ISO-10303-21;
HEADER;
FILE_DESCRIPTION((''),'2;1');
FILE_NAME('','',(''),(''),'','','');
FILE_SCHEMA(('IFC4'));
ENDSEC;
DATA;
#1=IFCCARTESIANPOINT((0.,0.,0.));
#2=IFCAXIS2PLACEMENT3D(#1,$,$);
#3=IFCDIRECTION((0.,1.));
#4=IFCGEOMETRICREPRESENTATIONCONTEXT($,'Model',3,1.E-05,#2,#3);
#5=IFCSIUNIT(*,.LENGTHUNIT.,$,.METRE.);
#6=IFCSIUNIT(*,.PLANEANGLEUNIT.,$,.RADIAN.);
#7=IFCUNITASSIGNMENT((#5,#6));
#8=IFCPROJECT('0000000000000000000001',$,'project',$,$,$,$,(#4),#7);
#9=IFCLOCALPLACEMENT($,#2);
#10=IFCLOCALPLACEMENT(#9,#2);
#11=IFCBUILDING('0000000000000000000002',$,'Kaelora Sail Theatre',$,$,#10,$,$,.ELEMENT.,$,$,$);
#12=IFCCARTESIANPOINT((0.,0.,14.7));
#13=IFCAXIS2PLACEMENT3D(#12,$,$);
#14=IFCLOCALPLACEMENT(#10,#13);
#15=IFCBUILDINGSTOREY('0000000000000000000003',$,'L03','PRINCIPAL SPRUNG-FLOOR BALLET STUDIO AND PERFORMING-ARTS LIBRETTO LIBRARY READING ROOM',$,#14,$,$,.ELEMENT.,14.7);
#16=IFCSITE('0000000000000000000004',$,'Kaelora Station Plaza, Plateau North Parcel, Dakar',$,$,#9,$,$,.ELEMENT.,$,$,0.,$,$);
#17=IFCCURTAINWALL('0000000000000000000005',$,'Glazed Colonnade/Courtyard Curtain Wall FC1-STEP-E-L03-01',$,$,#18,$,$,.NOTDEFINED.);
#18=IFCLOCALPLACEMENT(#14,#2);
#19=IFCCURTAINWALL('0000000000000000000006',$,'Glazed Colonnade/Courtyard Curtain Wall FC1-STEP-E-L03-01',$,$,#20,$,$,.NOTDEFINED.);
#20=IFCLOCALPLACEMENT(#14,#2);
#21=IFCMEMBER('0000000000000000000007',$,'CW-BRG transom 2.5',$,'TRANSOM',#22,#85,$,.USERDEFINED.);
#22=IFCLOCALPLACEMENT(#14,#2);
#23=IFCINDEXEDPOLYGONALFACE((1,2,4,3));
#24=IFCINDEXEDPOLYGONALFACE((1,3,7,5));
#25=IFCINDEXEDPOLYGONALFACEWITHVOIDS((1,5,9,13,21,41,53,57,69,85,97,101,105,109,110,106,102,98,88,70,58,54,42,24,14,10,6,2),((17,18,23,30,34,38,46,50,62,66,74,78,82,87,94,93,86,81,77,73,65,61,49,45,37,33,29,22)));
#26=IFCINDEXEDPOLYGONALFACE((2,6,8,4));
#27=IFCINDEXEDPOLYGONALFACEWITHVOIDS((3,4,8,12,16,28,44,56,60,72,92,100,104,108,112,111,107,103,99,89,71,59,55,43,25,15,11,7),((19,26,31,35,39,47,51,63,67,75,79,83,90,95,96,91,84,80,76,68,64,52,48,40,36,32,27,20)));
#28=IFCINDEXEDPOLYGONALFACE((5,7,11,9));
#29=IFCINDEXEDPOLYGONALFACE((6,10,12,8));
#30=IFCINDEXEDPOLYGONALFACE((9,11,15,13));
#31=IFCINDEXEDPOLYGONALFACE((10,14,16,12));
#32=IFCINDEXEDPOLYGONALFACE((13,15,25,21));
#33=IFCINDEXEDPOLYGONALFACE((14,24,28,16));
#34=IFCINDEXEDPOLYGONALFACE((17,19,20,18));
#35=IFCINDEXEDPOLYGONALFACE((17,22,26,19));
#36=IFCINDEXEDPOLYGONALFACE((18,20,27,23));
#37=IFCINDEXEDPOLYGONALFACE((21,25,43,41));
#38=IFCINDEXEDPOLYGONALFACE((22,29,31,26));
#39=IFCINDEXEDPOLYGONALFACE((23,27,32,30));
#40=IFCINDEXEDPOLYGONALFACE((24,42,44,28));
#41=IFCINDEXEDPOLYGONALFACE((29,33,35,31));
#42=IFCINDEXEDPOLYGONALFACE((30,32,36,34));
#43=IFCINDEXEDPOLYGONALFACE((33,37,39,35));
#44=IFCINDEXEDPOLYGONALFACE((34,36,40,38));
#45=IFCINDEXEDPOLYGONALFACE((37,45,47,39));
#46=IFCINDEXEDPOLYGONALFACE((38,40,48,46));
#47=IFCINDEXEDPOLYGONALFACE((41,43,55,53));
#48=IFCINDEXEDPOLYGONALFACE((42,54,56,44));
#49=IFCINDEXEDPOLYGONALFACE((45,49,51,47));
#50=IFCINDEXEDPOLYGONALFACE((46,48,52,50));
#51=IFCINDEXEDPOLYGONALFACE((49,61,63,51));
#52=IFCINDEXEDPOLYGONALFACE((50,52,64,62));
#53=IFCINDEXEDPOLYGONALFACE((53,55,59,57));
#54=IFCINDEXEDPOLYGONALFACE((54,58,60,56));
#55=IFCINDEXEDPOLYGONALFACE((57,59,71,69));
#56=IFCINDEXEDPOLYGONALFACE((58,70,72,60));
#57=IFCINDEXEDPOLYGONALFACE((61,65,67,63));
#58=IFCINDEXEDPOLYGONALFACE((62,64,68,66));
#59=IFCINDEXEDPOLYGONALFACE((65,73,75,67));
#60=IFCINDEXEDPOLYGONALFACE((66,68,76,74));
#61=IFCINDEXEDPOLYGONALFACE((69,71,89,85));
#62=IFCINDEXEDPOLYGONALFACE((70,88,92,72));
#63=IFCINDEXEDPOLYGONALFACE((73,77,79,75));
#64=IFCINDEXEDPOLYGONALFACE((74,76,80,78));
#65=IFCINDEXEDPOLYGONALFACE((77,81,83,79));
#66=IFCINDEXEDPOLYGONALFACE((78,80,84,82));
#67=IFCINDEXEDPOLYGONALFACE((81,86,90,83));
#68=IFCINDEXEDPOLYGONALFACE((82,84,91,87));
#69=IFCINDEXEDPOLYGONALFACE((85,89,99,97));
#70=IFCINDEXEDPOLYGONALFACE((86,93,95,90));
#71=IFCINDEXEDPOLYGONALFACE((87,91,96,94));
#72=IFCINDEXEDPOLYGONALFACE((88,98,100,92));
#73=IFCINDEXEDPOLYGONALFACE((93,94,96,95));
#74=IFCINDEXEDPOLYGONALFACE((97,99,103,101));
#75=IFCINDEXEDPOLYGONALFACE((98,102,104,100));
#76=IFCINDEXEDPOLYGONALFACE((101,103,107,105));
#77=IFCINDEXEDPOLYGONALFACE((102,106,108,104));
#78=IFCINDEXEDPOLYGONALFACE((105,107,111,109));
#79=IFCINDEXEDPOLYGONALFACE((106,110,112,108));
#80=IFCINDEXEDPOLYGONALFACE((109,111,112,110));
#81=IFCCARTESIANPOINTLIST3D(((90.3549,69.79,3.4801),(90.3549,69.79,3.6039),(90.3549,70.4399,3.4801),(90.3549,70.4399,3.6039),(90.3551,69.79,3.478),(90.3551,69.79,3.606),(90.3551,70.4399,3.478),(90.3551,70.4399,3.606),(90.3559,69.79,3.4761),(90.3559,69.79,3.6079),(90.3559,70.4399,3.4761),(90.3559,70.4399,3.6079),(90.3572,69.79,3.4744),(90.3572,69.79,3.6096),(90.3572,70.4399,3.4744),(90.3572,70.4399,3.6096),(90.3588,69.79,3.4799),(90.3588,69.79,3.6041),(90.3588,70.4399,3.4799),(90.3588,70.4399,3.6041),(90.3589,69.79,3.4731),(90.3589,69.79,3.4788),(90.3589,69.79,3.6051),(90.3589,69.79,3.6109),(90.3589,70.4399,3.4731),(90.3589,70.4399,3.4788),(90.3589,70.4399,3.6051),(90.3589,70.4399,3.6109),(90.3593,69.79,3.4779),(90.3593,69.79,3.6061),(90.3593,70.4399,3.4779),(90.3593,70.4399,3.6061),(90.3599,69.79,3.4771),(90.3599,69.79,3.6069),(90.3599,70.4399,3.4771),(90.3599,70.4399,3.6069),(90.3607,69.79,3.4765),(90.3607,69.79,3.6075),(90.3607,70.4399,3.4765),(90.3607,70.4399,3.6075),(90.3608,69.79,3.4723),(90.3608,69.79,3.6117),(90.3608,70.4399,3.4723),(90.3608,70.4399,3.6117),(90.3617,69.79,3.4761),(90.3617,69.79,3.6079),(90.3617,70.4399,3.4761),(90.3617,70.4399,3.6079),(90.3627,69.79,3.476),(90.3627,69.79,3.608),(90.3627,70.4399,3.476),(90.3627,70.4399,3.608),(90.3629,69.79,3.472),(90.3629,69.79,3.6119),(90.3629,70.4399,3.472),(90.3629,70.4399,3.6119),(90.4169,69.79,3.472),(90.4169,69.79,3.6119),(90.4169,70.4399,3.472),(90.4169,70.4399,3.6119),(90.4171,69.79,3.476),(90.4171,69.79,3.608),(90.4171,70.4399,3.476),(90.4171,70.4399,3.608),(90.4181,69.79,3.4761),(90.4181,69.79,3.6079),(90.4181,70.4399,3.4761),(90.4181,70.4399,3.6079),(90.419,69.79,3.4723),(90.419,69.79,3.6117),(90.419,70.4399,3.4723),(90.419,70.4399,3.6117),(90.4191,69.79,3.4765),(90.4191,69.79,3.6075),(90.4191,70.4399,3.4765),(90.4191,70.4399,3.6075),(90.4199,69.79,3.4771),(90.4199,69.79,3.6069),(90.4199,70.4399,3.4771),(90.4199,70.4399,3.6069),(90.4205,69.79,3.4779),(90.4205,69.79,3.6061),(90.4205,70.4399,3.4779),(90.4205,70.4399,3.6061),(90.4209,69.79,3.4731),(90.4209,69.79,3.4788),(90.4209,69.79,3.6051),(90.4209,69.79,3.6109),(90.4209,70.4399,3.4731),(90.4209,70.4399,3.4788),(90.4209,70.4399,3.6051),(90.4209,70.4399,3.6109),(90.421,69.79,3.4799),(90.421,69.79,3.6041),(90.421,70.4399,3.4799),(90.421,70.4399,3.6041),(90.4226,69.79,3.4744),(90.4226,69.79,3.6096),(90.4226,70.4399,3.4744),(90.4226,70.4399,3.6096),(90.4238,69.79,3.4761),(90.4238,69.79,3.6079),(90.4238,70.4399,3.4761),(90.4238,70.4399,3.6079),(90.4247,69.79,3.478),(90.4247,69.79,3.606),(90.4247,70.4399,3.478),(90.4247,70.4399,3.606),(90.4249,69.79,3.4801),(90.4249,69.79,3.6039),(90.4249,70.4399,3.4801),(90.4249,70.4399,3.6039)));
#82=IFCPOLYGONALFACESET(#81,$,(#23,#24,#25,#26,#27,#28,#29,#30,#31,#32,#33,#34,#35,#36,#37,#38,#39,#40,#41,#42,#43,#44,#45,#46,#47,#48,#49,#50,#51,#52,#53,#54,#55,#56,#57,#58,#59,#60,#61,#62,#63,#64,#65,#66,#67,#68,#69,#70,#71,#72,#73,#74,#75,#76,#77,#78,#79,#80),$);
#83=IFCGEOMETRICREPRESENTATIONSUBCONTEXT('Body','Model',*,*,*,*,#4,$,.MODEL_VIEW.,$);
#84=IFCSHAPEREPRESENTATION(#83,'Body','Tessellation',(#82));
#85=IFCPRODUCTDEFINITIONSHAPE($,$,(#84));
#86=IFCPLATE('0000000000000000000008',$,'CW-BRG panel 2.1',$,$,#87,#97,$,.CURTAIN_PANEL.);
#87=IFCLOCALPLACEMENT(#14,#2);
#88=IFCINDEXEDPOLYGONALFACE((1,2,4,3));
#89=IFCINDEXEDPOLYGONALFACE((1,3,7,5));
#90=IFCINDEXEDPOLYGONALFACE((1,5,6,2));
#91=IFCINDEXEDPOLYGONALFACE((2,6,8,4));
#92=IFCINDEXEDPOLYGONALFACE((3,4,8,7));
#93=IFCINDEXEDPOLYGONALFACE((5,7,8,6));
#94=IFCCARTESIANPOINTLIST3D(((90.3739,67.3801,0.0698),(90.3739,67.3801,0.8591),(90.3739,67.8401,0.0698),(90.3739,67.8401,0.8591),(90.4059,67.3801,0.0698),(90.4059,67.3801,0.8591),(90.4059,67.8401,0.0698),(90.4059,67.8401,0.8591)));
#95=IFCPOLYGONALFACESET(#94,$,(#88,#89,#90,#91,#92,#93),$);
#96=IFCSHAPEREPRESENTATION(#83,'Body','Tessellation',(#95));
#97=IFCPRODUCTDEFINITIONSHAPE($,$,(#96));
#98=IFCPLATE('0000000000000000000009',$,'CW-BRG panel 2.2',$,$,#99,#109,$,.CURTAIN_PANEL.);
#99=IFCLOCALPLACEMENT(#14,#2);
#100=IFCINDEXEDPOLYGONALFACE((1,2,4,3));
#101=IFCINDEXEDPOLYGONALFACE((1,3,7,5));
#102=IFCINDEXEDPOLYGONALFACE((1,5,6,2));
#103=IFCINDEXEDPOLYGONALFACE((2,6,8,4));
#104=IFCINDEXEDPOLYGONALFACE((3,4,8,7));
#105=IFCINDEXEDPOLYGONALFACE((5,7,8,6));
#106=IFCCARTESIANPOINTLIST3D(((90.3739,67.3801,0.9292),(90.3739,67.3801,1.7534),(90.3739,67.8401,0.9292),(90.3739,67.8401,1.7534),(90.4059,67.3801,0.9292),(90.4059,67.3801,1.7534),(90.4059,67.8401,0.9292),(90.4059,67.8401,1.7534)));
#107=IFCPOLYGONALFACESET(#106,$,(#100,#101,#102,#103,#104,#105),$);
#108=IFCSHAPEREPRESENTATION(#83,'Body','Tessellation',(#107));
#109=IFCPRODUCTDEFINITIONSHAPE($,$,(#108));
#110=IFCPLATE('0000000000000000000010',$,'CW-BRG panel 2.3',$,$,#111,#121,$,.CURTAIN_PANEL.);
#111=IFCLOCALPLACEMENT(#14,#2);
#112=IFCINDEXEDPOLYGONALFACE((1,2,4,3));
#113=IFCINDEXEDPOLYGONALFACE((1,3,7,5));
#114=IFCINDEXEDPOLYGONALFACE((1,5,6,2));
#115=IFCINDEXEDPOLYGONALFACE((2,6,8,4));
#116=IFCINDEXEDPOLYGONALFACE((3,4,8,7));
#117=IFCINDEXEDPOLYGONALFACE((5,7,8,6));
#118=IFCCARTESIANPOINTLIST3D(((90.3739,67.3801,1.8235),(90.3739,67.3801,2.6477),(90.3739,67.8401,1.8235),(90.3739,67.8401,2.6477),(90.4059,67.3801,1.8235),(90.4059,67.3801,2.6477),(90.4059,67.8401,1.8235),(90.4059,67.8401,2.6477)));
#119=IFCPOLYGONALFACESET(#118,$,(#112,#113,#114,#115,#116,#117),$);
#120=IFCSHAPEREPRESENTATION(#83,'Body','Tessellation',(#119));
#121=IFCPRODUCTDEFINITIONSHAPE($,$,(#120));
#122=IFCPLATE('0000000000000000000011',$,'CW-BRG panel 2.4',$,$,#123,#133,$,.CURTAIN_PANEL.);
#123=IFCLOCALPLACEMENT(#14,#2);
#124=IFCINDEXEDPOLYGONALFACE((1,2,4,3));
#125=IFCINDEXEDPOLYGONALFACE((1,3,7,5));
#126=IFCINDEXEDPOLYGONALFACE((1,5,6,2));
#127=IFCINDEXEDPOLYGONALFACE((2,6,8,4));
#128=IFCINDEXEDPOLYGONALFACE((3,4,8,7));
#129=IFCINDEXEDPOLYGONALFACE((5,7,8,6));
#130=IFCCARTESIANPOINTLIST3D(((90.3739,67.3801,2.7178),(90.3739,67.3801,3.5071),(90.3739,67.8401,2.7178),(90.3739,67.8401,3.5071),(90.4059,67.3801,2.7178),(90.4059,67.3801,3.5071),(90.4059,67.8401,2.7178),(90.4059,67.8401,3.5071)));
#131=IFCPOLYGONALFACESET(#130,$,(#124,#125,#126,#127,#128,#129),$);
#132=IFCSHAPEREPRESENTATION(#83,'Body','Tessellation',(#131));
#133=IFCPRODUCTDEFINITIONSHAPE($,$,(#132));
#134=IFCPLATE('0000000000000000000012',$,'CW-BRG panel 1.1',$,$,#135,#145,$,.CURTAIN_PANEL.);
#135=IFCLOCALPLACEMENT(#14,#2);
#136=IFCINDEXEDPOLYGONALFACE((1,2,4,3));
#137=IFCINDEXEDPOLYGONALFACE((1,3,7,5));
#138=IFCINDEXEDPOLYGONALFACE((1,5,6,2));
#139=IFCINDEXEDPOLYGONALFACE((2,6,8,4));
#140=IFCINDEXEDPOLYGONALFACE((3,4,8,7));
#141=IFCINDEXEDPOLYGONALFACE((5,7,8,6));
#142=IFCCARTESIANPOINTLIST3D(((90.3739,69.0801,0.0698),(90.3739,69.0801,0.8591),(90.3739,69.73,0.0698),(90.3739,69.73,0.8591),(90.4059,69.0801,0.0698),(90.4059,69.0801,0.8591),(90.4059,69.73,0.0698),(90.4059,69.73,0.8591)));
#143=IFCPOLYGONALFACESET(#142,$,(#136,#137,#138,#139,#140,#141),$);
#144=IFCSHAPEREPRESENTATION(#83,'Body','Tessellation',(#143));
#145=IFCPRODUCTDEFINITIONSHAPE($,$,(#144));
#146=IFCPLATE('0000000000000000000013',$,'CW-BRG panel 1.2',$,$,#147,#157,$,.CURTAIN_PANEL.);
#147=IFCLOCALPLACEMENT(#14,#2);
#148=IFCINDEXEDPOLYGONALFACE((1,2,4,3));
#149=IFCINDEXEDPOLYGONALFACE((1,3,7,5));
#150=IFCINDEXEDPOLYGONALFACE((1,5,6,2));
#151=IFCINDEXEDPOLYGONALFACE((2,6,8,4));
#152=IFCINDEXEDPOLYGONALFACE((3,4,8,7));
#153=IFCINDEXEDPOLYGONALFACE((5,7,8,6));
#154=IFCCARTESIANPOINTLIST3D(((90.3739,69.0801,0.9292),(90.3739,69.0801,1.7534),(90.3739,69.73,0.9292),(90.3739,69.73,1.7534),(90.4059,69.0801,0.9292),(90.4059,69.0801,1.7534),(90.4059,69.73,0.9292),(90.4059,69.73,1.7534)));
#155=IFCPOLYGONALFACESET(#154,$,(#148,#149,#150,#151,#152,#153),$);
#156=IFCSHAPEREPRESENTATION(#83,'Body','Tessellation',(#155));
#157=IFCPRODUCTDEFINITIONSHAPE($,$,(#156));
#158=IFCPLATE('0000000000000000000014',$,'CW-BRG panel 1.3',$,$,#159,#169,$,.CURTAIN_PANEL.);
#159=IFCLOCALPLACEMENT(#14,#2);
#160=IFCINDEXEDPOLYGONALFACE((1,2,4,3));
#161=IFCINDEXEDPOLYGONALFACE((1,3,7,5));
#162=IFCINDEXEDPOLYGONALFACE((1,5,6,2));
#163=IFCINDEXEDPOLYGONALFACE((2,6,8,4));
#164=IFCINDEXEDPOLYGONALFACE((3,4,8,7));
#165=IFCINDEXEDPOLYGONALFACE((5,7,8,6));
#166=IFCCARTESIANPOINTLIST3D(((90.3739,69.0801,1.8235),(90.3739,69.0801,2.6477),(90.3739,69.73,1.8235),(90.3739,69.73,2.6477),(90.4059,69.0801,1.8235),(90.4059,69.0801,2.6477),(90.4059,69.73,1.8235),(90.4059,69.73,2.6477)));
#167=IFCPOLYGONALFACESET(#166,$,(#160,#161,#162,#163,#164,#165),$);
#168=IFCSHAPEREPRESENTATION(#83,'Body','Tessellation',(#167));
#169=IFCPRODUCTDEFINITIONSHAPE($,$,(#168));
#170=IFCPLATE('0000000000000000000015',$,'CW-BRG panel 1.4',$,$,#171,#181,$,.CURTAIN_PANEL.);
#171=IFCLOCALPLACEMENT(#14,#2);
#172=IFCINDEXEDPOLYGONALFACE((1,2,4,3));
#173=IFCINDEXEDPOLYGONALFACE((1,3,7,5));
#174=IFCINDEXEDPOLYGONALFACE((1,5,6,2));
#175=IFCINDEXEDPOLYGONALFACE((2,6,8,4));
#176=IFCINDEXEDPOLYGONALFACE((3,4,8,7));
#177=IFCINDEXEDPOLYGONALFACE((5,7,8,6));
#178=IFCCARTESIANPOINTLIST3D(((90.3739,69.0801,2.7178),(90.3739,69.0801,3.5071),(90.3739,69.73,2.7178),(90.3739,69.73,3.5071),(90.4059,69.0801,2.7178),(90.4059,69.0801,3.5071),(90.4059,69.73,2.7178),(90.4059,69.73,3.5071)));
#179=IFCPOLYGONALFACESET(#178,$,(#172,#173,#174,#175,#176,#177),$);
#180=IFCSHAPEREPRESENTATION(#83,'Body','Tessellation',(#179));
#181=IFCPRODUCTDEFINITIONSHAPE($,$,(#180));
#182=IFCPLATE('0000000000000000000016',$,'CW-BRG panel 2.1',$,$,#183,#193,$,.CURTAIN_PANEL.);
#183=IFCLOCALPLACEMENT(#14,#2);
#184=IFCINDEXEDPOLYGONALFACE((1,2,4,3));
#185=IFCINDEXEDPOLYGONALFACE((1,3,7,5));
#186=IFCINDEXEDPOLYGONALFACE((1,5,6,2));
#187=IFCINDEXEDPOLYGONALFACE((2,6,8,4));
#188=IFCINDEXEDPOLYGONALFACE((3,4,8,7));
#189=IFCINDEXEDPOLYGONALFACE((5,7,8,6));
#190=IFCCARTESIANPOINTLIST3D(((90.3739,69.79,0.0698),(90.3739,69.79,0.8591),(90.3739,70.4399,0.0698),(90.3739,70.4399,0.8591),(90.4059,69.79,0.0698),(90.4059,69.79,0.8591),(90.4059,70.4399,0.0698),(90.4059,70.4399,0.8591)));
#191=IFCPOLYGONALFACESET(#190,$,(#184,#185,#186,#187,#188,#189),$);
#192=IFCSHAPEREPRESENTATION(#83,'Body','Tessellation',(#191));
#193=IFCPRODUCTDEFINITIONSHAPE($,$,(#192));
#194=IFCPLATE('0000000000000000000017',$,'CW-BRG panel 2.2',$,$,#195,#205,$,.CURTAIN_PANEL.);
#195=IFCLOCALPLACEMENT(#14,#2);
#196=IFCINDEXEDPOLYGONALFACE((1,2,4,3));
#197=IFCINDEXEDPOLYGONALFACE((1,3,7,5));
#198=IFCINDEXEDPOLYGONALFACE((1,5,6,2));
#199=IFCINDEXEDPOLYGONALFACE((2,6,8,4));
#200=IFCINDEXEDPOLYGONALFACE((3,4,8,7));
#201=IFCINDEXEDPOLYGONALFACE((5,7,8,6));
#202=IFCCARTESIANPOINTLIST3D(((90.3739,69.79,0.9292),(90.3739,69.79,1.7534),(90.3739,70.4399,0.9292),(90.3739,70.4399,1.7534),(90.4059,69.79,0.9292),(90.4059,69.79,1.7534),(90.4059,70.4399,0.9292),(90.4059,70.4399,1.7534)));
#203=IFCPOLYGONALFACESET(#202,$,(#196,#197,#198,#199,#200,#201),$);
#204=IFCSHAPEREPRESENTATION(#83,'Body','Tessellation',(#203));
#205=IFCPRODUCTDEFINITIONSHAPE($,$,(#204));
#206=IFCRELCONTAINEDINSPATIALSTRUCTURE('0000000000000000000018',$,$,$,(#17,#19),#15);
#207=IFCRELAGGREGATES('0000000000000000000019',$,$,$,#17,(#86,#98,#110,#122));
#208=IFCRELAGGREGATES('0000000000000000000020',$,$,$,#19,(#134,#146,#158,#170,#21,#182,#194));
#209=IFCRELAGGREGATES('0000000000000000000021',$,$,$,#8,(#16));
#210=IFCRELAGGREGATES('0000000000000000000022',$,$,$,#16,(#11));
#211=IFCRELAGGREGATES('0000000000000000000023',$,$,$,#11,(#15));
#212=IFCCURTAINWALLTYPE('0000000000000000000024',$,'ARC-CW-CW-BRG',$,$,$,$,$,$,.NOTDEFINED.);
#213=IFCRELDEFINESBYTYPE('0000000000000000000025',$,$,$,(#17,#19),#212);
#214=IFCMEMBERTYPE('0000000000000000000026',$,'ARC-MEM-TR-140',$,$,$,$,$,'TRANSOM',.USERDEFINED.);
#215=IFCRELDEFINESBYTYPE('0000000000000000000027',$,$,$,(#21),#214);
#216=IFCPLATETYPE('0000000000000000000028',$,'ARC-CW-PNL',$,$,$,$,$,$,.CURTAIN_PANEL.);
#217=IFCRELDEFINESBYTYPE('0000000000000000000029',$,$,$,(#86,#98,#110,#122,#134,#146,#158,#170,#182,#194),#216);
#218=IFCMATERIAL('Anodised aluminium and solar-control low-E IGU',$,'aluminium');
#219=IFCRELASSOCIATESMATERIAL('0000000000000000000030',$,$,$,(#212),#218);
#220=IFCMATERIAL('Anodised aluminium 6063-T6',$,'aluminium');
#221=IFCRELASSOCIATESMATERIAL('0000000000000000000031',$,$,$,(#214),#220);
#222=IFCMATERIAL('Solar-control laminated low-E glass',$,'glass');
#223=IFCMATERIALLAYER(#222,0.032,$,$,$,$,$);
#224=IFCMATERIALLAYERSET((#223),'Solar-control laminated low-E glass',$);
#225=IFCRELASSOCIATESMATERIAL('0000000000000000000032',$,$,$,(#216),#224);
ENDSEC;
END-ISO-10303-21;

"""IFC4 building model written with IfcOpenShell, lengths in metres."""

from ifc_helpers import new_model, si_unit, direction, frame, origin, origin_2d, place, context, subcontext, project, spatial, rectangle, hollow_rectangle, extrude, material, layer, layer_set, material_profile, profile_set, type_object, element, aggregate, save


model = new_model("IFC4")

# Units and contexts
model_context = context("Model", 3, precision=1e-05, world=origin(), true_north=direction((0.0, 1.0)))
body_context = subcontext(model_context, "Body", "Model", "MODEL_VIEW")
ifc_project = project(units=[si_unit("LENGTHUNIT", "METRE"), si_unit("PLANEANGLEUNIT", "RADIAN")], contexts=[model_context])

# Site, building, storey
site_placement = place(None, origin())
site = spatial("IfcSite", under=ifc_project, at=site_placement, Name="Kaelora Station Plaza, Plateau North Parcel, Dakar", CompositionType="ELEMENT", RefElevation=0.0)
building_placement = place(site_placement, origin())
building = spatial("IfcBuilding", under=site, at=building_placement, Name="Kaelora Sail Theatre", CompositionType="ELEMENT")
storey_placement = place(building_placement, frame((0.0, 0.0, 14.7)))
storey = spatial("IfcBuildingStorey", under=building, at=storey_placement, Name="L03", Description="PRINCIPAL SPRUNG-FLOOR BALLET STUDIO AND PERFORMING-ARTS LIBRETTO LIBRARY READING ROOM", CompositionType="ELEMENT", Elevation=14.7)

# Curtain wall
ifc_material_1 = material(Name="Anodised aluminium and solar-control low-E IGU", Category="aluminium")
curtain_wall_type = type_object("IfcCurtainWallType", Name="ARC-CW-CW-BRG", PredefinedType="NOTDEFINED", material=ifc_material_1)
curtain_wall_1_placement = place(storey_placement, origin())
curtain_wall_1 = element("IfcCurtainWall", 1, at=curtain_wall_1_placement, inside=storey, type_object=curtain_wall_type, Name="Glazed Colonnade/Courtyard Curtain Wall FC1-STEP-E-L03-01", PredefinedType="NOTDEFINED")

# Curtain wall
curtain_wall_2_placement = place(storey_placement, origin())
curtain_wall_2 = element("IfcCurtainWall", 2, at=curtain_wall_2_placement, inside=storey, type_object=curtain_wall_type, Name="Glazed Colonnade/Courtyard Curtain Wall FC1-STEP-E-L03-01", PredefinedType="NOTDEFINED")

# Member
ifc_material_2 = material(Name="Anodised aluminium 6063-T6", Category="aluminium")
ifc_material_profile_1 = material_profile(ifc_material_2, hollow_rectangle(XDim=0.0701, YDim=0.1399, WallThickness=0.0039, InnerFilletRadius=0.0039, OuterFilletRadius=0.0081, at=origin_2d()), Name="ALU-TRAN 70x140x4")
ifc_profile_set_1 = profile_set([ifc_material_profile_1], Name="Anodised aluminium 6063-T6")
member_type_1 = type_object("IfcMemberType", Name="ARC-MEM-TR-140", ElementType="TRANSOM", PredefinedType="USERDEFINED", material=ifc_profile_set_1)
member_1_placement = place(storey_placement, frame((90.3899, 69.79, 3.542), z_axis=(0.0, 1.0, 0.0), x_axis=(-1.0, 0.0, 0.0)))
member_1 = element("IfcMember", 3, at=member_1_placement, type_object=member_type_1, Name="CW-BRG transom 2.5", ObjectType="TRANSOM", PredefinedType="USERDEFINED", context=body_context, shape_type="SweptSolid", body=[
    extrude(hollow_rectangle(XDim=0.0701, YDim=0.1399, WallThickness=0.0039, InnerFilletRadius=0.0039, OuterFilletRadius=0.0081, at=origin_2d()), origin(), (0.0, 0.0, 1.0), 0.6499),
])

# Plates
ifc_material_3 = material(Name="Solar-control laminated low-E glass", Category="glass")
ifc_layer = layer(ifc_material_3, 0.032)
ifc_layer_set = layer_set([ifc_layer], Name="Solar-control laminated low-E glass")
plate_type = type_object("IfcPlateType", Name="ARC-CW-PNL", PredefinedType="CURTAIN_PANEL", material=ifc_layer_set)
plate_1_placement = place(storey_placement, frame((90.3899, 67.6101, 0.0698), z_axis=(0.0, 0.0, 1.0), x_axis=(0.0, 1.0, 0.0)))
plate_1 = element("IfcPlate", 4, at=plate_1_placement, type_object=plate_type, Name="CW-BRG panel 2.1", PredefinedType="CURTAIN_PANEL", context=body_context, shape_type="SweptSolid", body=[
    extrude(rectangle(XDim=0.46, YDim=0.032, at=origin_2d()), origin(), (0.0, 0.0, 1.0), 0.7893),
])
plate_2_placement = place(storey_placement, frame((90.3899, 67.6101, 0.9292), z_axis=(0.0, 0.0, 1.0), x_axis=(0.0, 1.0, 0.0)))
plate_2 = element("IfcPlate", 5, at=plate_2_placement, type_object=plate_type, Name="CW-BRG panel 2.2", PredefinedType="CURTAIN_PANEL", context=body_context, shape_type="SweptSolid", body=[
    extrude(rectangle(XDim=0.46, YDim=0.032, at=origin_2d()), origin(), (0.0, 0.0, 1.0), 0.8242),
])
plate_3_placement = place(storey_placement, frame((90.3899, 67.6101, 1.8235), z_axis=(0.0, 0.0, 1.0), x_axis=(0.0, 1.0, 0.0)))
plate_3 = element("IfcPlate", 6, at=plate_3_placement, type_object=plate_type, Name="CW-BRG panel 2.3", PredefinedType="CURTAIN_PANEL", context=body_context, shape_type="SweptSolid", body=[
    extrude(rectangle(XDim=0.46, YDim=0.032, at=origin_2d()), origin(), (0.0, 0.0, 1.0), 0.8242),
])
plate_4_placement = place(storey_placement, frame((90.3899, 67.6101, 2.7178), z_axis=(0.0, 0.0, 1.0), x_axis=(0.0, 1.0, 0.0)))
plate_4 = element("IfcPlate", 7, at=plate_4_placement, type_object=plate_type, Name="CW-BRG panel 2.4", PredefinedType="CURTAIN_PANEL", context=body_context, shape_type="SweptSolid", body=[
    extrude(rectangle(XDim=0.46, YDim=0.032, at=origin_2d()), origin(), (0.0, 0.0, 1.0), 0.7893),
])
aggregate(curtain_wall_1, [plate_1, plate_2, plate_3, plate_4])
plate_5_placement = place(storey_placement, frame((90.3899, 69.405, 0.0698), z_axis=(0.0, 0.0, 1.0), x_axis=(0.0, 1.0, 0.0)))
plate_5 = element("IfcPlate", 8, at=plate_5_placement, type_object=plate_type, Name="CW-BRG panel 1.1", PredefinedType="CURTAIN_PANEL", context=body_context, shape_type="SweptSolid", body=[
    extrude(rectangle(XDim=0.6499, YDim=0.032, at=origin_2d()), origin(), (0.0, 0.0, 1.0), 0.7893),
])
plate_6_placement = place(storey_placement, frame((90.3899, 69.405, 0.9292), z_axis=(0.0, 0.0, 1.0), x_axis=(0.0, 1.0, 0.0)))
plate_6 = element("IfcPlate", 9, at=plate_6_placement, type_object=plate_type, Name="CW-BRG panel 1.2", PredefinedType="CURTAIN_PANEL", context=body_context, shape_type="SweptSolid", body=[
    extrude(rectangle(XDim=0.6499, YDim=0.032, at=origin_2d()), origin(), (0.0, 0.0, 1.0), 0.8242),
])
plate_7_placement = place(storey_placement, frame((90.3899, 69.405, 1.8235), z_axis=(0.0, 0.0, 1.0), x_axis=(0.0, 1.0, 0.0)))
plate_7 = element("IfcPlate", 10, at=plate_7_placement, type_object=plate_type, Name="CW-BRG panel 1.3", PredefinedType="CURTAIN_PANEL", context=body_context, shape_type="SweptSolid", body=[
    extrude(rectangle(XDim=0.6499, YDim=0.032, at=origin_2d()), origin(), (0.0, 0.0, 1.0), 0.8242),
])
plate_8_placement = place(storey_placement, frame((90.3899, 69.405, 2.7178), z_axis=(0.0, 0.0, 1.0), x_axis=(0.0, 1.0, 0.0)))
plate_8 = element("IfcPlate", 11, at=plate_8_placement, type_object=plate_type, Name="CW-BRG panel 1.4", PredefinedType="CURTAIN_PANEL", context=body_context, shape_type="SweptSolid", body=[
    extrude(rectangle(XDim=0.6499, YDim=0.032, at=origin_2d()), origin(), (0.0, 0.0, 1.0), 0.7893),
])
plate_9_placement = place(storey_placement, frame((90.3899, 70.115, 0.0698), z_axis=(0.0, 0.0, 1.0), x_axis=(0.0, 1.0, 0.0)))
plate_9 = element("IfcPlate", 12, at=plate_9_placement, type_object=plate_type, Name="CW-BRG panel 2.1", PredefinedType="CURTAIN_PANEL", context=body_context, shape_type="SweptSolid", body=[
    extrude(rectangle(XDim=0.6499, YDim=0.032, at=origin_2d()), origin(), (0.0, 0.0, 1.0), 0.7893),
])
plate_10_placement = place(storey_placement, frame((90.3899, 70.115, 0.9292), z_axis=(0.0, 0.0, 1.0), x_axis=(0.0, 1.0, 0.0)))
plate_10 = element("IfcPlate", 13, at=plate_10_placement, type_object=plate_type, Name="CW-BRG panel 2.2", PredefinedType="CURTAIN_PANEL", context=body_context, shape_type="SweptSolid", body=[
    extrude(rectangle(XDim=0.6499, YDim=0.032, at=origin_2d()), origin(), (0.0, 0.0, 1.0), 0.8242),
])
aggregate(curtain_wall_2, [plate_5, plate_6, plate_7, plate_8, member_1, plate_9, plate_10])

save(model, "model.ifc")
